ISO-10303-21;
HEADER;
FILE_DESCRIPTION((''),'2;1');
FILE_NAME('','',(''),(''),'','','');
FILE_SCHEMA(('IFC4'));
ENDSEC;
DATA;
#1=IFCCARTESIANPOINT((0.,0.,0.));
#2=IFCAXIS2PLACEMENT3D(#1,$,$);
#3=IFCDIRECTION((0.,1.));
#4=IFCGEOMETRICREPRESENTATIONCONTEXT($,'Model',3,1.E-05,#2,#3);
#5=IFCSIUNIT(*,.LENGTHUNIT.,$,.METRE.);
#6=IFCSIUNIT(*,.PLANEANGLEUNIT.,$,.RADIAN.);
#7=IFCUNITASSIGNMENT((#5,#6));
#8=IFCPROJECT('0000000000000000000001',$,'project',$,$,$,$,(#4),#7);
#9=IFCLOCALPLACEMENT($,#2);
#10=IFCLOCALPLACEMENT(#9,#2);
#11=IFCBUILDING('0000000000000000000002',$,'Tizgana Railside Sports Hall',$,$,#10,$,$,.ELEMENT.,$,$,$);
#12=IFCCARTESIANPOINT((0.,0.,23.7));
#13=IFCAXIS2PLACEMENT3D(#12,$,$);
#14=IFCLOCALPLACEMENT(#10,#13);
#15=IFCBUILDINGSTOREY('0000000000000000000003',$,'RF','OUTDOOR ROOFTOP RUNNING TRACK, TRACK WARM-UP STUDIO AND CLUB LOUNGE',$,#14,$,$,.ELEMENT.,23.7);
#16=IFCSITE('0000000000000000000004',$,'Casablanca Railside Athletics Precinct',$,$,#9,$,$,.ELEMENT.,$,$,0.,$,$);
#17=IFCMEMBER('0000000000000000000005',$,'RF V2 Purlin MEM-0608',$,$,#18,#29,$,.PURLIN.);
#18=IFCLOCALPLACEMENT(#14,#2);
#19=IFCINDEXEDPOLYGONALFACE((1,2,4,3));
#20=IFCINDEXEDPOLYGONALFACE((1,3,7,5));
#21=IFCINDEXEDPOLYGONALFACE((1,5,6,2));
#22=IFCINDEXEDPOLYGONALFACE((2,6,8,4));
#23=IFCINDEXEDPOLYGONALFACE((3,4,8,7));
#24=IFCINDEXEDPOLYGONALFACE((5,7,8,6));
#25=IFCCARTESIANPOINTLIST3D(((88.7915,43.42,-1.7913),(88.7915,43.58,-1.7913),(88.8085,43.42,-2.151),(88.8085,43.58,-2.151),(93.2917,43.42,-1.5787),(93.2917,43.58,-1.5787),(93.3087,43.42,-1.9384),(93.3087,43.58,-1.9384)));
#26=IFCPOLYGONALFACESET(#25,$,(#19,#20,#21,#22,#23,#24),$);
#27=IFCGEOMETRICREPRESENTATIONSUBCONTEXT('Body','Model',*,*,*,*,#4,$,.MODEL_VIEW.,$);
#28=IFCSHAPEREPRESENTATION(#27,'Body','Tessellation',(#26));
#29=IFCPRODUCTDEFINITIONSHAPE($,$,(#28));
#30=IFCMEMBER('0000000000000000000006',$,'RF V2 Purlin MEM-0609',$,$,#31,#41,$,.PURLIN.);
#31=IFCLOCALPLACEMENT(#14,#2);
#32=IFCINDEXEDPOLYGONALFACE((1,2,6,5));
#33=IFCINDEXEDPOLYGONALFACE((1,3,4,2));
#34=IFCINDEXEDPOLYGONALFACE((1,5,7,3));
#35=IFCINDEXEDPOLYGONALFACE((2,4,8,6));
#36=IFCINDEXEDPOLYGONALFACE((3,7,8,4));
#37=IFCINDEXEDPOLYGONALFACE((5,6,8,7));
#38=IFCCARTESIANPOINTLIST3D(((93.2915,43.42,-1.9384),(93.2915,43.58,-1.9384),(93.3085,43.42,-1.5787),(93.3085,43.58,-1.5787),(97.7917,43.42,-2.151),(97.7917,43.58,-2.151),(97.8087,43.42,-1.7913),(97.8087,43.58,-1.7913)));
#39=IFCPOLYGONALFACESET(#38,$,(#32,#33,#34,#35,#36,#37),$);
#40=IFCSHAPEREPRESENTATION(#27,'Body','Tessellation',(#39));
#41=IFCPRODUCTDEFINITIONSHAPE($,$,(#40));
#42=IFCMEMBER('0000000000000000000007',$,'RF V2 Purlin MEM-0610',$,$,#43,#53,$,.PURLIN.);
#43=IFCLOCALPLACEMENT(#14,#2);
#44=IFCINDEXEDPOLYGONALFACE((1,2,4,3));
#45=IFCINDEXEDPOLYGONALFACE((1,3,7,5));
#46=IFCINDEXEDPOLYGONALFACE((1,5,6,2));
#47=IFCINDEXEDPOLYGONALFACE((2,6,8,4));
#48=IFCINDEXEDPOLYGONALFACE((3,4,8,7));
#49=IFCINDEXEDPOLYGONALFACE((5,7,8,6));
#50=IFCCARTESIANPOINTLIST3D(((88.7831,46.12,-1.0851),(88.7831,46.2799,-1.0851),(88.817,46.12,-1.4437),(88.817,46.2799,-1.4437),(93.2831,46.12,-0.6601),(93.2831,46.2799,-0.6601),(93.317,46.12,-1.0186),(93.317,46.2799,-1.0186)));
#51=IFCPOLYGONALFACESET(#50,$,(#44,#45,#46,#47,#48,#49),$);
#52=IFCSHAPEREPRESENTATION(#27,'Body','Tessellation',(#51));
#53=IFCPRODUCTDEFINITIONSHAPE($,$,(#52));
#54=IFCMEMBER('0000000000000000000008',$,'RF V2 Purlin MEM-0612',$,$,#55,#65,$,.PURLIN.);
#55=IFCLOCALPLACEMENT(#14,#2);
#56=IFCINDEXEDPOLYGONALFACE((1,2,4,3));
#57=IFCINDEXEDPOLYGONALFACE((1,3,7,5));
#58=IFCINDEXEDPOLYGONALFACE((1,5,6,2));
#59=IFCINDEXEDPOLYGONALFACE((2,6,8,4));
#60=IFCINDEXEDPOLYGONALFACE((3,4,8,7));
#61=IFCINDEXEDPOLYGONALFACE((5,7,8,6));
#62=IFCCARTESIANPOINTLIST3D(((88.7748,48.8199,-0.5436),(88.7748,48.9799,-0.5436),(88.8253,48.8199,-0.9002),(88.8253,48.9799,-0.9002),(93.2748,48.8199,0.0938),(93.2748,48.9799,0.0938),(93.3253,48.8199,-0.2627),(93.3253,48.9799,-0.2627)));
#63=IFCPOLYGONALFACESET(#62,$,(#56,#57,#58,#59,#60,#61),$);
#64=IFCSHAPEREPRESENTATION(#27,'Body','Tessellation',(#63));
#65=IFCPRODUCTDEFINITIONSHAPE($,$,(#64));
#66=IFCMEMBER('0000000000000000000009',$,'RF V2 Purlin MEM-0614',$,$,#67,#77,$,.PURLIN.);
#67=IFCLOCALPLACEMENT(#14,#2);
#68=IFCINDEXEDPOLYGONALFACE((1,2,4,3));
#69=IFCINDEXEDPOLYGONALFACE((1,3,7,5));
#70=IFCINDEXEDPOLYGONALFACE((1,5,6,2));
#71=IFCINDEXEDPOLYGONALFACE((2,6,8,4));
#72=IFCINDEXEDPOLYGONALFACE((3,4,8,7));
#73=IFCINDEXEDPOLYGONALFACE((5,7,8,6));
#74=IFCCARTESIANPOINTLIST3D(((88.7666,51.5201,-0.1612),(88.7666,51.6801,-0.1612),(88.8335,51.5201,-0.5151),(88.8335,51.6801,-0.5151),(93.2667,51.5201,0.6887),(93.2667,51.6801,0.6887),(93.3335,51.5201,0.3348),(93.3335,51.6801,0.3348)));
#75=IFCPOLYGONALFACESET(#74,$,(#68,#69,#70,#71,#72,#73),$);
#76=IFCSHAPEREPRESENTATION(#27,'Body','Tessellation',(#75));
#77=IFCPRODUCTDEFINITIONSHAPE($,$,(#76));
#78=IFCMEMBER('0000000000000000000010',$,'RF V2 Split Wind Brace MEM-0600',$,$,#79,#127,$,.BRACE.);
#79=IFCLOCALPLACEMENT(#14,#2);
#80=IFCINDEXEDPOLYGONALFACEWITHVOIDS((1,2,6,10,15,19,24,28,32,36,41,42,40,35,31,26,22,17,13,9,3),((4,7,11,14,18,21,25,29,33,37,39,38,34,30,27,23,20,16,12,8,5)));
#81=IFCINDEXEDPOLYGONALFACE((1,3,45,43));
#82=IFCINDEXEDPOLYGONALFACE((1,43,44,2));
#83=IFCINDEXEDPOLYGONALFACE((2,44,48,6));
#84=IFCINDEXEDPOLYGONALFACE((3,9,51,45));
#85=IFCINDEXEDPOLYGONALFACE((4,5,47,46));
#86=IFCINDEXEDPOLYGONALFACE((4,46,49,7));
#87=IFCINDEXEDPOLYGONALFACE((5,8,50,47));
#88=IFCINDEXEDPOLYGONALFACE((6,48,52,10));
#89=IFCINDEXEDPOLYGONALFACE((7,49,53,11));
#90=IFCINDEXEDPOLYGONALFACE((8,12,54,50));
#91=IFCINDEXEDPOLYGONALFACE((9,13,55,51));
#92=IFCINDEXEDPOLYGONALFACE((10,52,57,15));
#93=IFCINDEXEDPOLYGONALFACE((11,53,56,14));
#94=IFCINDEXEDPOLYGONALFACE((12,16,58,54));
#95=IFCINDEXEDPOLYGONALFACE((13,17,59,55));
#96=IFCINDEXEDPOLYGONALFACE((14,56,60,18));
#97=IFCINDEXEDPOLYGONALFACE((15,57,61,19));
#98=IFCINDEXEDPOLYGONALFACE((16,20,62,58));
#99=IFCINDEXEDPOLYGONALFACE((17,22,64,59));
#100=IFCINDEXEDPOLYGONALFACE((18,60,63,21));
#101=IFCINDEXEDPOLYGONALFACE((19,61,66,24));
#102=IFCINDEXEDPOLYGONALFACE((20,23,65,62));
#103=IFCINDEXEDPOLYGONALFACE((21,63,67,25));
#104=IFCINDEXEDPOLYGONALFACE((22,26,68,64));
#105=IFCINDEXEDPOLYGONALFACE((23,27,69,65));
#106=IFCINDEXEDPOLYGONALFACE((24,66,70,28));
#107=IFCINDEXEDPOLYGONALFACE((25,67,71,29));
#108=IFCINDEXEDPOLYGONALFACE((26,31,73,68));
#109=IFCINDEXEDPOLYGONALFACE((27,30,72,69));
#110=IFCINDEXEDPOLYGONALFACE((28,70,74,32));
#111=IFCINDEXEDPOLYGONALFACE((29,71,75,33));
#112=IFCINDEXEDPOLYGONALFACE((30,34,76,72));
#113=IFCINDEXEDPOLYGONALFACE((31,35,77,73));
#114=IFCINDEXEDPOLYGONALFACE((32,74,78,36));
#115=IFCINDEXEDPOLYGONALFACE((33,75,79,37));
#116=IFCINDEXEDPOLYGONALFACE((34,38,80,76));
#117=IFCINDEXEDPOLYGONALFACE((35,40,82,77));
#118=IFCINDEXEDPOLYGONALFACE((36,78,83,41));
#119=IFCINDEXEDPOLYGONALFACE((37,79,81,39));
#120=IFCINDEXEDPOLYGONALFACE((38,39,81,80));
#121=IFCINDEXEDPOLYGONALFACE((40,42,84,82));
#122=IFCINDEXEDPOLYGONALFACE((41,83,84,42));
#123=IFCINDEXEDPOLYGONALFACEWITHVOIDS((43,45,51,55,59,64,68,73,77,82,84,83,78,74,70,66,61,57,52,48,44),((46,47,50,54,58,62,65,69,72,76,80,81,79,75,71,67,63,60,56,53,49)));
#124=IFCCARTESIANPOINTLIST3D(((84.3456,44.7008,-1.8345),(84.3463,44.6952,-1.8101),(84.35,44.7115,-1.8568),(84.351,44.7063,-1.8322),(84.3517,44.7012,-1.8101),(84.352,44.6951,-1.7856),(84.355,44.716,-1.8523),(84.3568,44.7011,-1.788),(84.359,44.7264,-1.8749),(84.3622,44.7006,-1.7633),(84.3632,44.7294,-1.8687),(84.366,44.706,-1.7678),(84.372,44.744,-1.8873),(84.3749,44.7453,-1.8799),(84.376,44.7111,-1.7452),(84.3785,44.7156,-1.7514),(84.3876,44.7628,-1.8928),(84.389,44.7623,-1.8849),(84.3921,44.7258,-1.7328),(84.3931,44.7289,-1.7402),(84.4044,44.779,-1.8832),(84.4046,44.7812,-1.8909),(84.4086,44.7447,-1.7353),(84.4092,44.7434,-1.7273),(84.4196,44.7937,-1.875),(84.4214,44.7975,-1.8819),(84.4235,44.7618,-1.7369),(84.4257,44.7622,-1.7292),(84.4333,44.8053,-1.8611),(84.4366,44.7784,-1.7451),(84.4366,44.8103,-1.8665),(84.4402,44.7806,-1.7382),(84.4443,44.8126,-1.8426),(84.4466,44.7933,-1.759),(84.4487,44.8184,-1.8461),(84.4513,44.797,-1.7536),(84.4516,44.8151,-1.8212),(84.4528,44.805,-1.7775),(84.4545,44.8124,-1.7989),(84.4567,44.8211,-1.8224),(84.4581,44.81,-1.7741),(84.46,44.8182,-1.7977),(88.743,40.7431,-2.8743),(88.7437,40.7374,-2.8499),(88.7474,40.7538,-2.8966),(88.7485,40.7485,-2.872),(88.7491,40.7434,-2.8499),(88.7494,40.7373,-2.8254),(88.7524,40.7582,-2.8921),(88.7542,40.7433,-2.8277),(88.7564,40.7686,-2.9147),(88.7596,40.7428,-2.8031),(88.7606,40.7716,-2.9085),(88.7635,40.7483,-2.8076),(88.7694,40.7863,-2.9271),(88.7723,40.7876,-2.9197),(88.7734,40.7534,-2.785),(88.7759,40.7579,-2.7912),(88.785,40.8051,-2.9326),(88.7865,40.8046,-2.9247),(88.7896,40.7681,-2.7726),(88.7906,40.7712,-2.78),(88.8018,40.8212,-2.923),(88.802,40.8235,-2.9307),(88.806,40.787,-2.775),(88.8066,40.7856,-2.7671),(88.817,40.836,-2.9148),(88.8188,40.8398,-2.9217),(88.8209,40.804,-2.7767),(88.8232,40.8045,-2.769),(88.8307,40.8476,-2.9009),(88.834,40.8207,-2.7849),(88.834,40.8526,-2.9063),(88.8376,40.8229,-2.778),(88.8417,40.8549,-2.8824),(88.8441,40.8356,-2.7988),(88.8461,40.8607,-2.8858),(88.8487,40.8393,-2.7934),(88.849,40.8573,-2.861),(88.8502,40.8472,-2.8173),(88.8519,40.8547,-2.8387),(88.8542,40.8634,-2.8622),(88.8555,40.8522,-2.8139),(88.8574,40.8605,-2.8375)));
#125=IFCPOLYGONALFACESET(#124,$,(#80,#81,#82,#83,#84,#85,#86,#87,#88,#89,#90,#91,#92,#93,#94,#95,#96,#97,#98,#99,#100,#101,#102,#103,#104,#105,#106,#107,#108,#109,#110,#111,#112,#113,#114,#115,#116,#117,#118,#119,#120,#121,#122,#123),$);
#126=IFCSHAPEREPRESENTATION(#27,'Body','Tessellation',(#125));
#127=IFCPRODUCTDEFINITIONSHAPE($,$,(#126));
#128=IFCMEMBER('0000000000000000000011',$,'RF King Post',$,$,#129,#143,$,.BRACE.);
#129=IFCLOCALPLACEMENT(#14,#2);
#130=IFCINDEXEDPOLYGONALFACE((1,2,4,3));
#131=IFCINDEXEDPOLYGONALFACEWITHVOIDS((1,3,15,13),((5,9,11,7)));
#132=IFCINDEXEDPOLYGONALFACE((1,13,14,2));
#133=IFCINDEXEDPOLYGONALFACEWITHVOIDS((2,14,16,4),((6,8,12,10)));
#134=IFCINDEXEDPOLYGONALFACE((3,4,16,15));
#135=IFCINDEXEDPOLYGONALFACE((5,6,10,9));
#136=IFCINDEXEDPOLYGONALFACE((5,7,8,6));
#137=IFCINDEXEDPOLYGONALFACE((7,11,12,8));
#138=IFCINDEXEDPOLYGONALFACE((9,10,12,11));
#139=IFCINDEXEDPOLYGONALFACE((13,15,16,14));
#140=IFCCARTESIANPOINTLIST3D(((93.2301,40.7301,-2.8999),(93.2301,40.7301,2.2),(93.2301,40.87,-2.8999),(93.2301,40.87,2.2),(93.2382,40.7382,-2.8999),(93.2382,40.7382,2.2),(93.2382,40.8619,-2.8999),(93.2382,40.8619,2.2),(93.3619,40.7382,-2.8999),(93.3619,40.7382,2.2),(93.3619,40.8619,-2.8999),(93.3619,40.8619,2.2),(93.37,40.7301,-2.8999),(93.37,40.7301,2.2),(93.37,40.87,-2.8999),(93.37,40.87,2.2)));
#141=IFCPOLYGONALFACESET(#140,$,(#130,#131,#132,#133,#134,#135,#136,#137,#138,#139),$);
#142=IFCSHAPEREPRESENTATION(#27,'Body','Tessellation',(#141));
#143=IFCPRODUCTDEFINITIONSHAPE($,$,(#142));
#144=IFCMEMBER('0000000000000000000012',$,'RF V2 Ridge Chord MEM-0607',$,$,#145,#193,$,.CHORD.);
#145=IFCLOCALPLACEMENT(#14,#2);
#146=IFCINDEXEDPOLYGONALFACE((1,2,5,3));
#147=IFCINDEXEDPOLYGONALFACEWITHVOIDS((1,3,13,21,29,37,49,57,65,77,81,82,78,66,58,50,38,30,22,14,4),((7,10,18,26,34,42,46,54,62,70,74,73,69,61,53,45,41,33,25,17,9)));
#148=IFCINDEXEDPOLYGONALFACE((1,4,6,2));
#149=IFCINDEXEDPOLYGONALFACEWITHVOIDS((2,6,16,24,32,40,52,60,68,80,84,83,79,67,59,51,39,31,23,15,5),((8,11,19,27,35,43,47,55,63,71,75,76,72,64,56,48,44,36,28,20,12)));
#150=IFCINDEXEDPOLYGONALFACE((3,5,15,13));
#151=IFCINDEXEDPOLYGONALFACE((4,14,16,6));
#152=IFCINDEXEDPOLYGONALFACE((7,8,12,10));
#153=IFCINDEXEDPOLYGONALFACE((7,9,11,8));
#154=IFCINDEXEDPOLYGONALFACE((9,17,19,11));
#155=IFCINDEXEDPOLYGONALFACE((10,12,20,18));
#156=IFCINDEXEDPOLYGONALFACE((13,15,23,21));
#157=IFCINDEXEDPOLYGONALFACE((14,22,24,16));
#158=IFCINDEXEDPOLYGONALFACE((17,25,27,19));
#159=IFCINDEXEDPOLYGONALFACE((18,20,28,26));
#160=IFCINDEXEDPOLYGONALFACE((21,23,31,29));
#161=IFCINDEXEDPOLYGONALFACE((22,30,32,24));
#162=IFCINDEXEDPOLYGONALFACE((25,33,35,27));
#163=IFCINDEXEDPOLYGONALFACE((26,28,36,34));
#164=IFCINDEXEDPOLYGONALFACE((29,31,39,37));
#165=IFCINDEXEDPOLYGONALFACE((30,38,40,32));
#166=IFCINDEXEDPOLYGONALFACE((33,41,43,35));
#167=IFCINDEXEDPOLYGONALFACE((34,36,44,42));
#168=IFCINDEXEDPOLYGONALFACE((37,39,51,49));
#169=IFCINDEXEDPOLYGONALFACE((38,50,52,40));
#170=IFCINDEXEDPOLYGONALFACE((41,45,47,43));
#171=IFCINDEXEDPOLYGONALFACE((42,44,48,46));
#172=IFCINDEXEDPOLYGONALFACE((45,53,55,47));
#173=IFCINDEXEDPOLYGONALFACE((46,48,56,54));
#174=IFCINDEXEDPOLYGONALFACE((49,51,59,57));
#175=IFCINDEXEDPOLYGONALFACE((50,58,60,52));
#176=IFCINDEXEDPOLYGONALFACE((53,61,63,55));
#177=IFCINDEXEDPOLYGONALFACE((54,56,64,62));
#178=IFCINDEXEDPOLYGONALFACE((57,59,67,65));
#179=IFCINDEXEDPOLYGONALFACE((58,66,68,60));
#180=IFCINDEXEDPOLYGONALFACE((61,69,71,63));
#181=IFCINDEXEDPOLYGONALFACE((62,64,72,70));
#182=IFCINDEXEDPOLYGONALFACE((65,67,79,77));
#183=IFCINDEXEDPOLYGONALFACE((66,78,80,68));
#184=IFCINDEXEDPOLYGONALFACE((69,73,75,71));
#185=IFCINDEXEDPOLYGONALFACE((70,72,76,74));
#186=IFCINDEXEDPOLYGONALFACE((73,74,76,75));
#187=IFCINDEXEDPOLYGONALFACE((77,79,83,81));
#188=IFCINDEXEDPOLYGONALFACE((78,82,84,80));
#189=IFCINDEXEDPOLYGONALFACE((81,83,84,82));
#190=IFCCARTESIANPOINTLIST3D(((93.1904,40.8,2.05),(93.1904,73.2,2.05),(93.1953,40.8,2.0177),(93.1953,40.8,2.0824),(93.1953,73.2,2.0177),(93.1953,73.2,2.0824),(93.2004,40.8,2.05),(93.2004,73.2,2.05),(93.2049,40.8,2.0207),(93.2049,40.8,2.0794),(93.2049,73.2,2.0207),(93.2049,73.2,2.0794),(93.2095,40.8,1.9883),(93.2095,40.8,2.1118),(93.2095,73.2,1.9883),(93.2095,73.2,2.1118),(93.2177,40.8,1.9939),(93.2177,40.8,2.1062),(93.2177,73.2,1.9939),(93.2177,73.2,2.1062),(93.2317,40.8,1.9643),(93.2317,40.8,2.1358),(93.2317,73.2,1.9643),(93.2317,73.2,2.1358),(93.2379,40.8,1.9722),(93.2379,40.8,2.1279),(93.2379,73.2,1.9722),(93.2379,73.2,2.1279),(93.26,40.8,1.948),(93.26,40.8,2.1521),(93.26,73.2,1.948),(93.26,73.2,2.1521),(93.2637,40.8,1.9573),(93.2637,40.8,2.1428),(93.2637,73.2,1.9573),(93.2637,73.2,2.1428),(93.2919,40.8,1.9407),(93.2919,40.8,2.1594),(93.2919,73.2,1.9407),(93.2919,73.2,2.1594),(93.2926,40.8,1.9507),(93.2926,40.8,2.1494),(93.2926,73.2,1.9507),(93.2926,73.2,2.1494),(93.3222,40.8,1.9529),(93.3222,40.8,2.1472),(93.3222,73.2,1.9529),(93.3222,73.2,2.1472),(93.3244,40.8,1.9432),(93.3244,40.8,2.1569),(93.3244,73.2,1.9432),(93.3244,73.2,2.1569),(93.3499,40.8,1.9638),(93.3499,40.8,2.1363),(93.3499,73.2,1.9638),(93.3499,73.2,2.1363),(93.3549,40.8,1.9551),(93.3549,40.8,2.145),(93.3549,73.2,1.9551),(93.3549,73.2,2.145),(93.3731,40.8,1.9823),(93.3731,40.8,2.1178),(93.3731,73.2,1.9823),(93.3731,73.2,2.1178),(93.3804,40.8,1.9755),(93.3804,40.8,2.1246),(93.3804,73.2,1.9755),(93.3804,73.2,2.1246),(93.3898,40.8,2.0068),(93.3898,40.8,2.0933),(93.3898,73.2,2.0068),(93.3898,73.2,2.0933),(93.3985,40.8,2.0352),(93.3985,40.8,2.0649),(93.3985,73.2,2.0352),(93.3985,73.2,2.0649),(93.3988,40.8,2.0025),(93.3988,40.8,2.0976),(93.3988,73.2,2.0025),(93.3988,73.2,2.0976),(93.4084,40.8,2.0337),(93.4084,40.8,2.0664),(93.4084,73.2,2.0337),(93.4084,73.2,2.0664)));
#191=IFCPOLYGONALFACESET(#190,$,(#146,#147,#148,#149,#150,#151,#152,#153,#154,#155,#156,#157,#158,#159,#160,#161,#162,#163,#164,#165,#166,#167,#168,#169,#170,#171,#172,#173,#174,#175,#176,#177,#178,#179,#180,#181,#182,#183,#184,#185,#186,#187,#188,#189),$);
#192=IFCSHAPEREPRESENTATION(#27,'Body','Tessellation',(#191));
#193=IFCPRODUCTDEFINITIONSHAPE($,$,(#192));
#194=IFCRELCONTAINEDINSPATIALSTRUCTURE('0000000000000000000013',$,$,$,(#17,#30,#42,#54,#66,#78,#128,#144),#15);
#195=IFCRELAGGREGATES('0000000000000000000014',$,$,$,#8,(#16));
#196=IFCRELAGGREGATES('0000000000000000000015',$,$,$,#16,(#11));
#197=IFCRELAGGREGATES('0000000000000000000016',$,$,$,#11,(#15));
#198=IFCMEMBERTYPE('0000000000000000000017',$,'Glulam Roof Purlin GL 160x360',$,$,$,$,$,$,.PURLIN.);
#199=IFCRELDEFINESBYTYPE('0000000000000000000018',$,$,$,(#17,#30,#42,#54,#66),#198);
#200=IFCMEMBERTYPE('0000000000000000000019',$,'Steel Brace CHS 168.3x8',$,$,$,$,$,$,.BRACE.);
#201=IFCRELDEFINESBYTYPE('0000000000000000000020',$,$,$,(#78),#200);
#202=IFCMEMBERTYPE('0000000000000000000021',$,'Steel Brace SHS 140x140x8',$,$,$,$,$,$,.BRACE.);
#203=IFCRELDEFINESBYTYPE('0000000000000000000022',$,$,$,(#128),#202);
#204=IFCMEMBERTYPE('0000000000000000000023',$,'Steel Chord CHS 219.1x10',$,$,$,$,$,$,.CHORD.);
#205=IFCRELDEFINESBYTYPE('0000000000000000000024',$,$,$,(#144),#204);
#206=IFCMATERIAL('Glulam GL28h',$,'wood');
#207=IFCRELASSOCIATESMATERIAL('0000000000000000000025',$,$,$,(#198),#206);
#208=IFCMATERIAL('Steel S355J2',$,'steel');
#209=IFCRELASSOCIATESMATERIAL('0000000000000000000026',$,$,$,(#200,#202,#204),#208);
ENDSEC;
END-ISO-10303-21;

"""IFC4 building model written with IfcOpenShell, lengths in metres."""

from ifc_helpers import new_model, si_unit, direction, frame, origin, origin_2d, place, context, subcontext, project, spatial, rectangle, hollow_rectangle, hollow_circle, extrude, material, material_profile, profile_set, type_object, element, save


model = new_model("IFC4")

# Units and contexts
model_context = context("Model", 3, precision=1e-05, world=origin(), true_north=direction((0.0, 1.0)))
body_context = subcontext(model_context, "Body", "Model", "MODEL_VIEW")
ifc_project = project(units=[si_unit("LENGTHUNIT", "METRE"), si_unit("PLANEANGLEUNIT", "RADIAN")], contexts=[model_context])

# Site, building, storey
site_placement = place(None, origin())
site = spatial("IfcSite", under=ifc_project, at=site_placement, Name="Casablanca Railside Athletics Precinct", CompositionType="ELEMENT", RefElevation=0.0)
building_placement = place(site_placement, origin())
building = spatial("IfcBuilding", under=site, at=building_placement, Name="Tizgana Railside Sports Hall", CompositionType="ELEMENT")
storey_placement = place(building_placement, frame((0.0, 0.0, 23.7)))
storey = spatial("IfcBuildingStorey", under=building, at=storey_placement, Name="RF", Description="OUTDOOR ROOFTOP RUNNING TRACK, TRACK WARM-UP STUDIO AND CLUB LOUNGE", CompositionType="ELEMENT", Elevation=23.7)

# Members
ifc_material_1 = material(Name="Glulam GL28h", Category="wood")
ifc_material_profile_1 = material_profile(ifc_material_1, rectangle(XDim=0.1599, YDim=0.3601, at=origin_2d()), Name="GL 160x360")
ifc_profile_set_1 = profile_set([ifc_material_profile_1], Name="Glulam GL28h")
member_type_1 = type_object("IfcMemberType", Name="Glulam Roof Purlin GL 160x360", PredefinedType="PURLIN", material=ifc_profile_set_1)
for number, where, z_axis, x_axis, name in (
    (1, (88.8, 43.5, -1.9712), (0.998885, 0.0, 0.047202), (0.0, 1.0, 0.0), "RF V2 Purlin MEM-0608"),
    (2, (93.3, 43.5, -1.7585), (0.998885, 0.0, -0.047202), (0.0, 1.0, 0.0), "RF V2 Purlin MEM-0609"),
):
    element("IfcMember", number, at=place(storey_placement, frame(where, z_axis=z_axis, x_axis=x_axis)), inside=storey, type_object=member_type_1, Name=name, PredefinedType="PURLIN", context=body_context, shape_type="SweptSolid", body=[
        extrude(rectangle(XDim=0.1599, YDim=0.3601, at=origin_2d()), origin(), (0.0, 0.0, 1.0), 4.5051),
    ])
member_1_placement = place(storey_placement, frame((88.8, 46.2, -1.2644), z_axis=(0.995569, 0.0, 0.094037), x_axis=(0.0, 1.0, 0.0)))
element("IfcMember", 3, at=member_1_placement, inside=storey, type_object=member_type_1, Name="RF V2 Purlin MEM-0610", PredefinedType="PURLIN", context=body_context, shape_type="SweptSolid", body=[
    extrude(rectangle(XDim=0.1599, YDim=0.3601, at=origin_2d()), origin(), (0.0, 0.0, 1.0), 4.52),
])
member_2_placement = place(storey_placement, frame((88.8, 48.8999, -0.7219), z_axis=(0.990115, 0.0, 0.140256), x_axis=(0.0, 1.0, 0.0)))
element("IfcMember", 4, at=member_2_placement, inside=storey, type_object=member_type_1, Name="RF V2 Purlin MEM-0612", PredefinedType="PURLIN", context=body_context, shape_type="SweptSolid", body=[
    extrude(rectangle(XDim=0.1599, YDim=0.3601, at=origin_2d()), origin(), (0.0, 0.0, 1.0), 4.5449),
])
member_3_placement = place(storey_placement, frame((88.8, 51.6001, -0.3381), z_axis=(0.98263, 0.0, 0.185576), x_axis=(0.0, 1.0, 0.0)))
element("IfcMember", 5, at=member_3_placement, inside=storey, type_object=member_type_1, Name="RF V2 Purlin MEM-0614", PredefinedType="PURLIN", context=body_context, shape_type="SweptSolid", body=[
    extrude(rectangle(XDim=0.1599, YDim=0.3601, at=origin_2d()), origin(), (0.0, 0.0, 1.0), 4.5796),
])
ifc_material_2 = material(Name="Steel S355J2", Category="steel")
ifc_material_profile_2 = material_profile(ifc_material_2, hollow_circle(Radius=0.0842, WallThickness=0.0081, at=origin_2d()), Name="CHS 168.3x8")
ifc_profile_set_2 = profile_set([ifc_material_profile_2], Name="Steel S355J2")
member_type_2 = type_object("IfcMemberType", Name="Steel Brace CHS 168.3x8", PredefinedType="BRACE", material=ifc_profile_set_2)
member_4_placement = place(storey_placement, frame((88.8, 40.8, -2.8499), z_axis=(-0.732069, 0.658871, 0.1731), x_axis=(-0.668969, -0.74329, 0.0)))
element("IfcMember", 6, at=member_4_placement, inside=storey, type_object=member_type_2, Name="RF V2 Split Wind Brace MEM-0600", PredefinedType="BRACE", context=body_context, shape_type="SweptSolid", body=[
    extrude(hollow_circle(Radius=0.0842, WallThickness=0.0081, at=origin_2d()), origin(), (0.0, 0.0, 1.0), 6.0068),
])
ifc_material_profile_3 = material_profile(ifc_material_2, hollow_rectangle(XDim=0.1399, YDim=0.1399, WallThickness=0.0081, at=origin_2d()), Name="SHS 140x140x8")
ifc_profile_set_3 = profile_set([ifc_material_profile_3], Name="Steel S355J2")
member_type_3 = type_object("IfcMemberType", Name="Steel Brace SHS 140x140x8", PredefinedType="BRACE", material=ifc_profile_set_3)
member_5_placement = place(storey_placement, frame((93.3, 40.8, -2.8999), z_axis=(0.0, 0.0, 1.0), x_axis=(1.0, 0.0, 0.0)))
element("IfcMember", 7, at=member_5_placement, inside=storey, type_object=member_type_3, Name="RF King Post", PredefinedType="BRACE", context=body_context, shape_type="SweptSolid", body=[
    extrude(hollow_rectangle(XDim=0.1399, YDim=0.1399, WallThickness=0.0081, at=origin_2d()), origin(), (0.0, 0.0, 1.0), 5.0999),
])
ifc_material_profile_4 = material_profile(ifc_material_2, hollow_circle(Radius=0.1096, WallThickness=0.01, at=origin_2d()), Name="CHS 219.1x10")
ifc_profile_set_4 = profile_set([ifc_material_profile_4], Name="Steel S355J2")
member_type_4 = type_object("IfcMemberType", Name="Steel Chord CHS 219.1x10", PredefinedType="CHORD", material=ifc_profile_set_4)
member_6_placement = place(storey_placement, frame((93.3, 40.8, 2.05), z_axis=(0.0, 1.0, 0.0), x_axis=(-1.0, 0.0, 0.0)))
element("IfcMember", 8, at=member_6_placement, inside=storey, type_object=member_type_4, Name="RF V2 Ridge Chord MEM-0607", PredefinedType="CHORD", context=body_context, shape_type="SweptSolid", body=[
    extrude(hollow_circle(Radius=0.1096, WallThickness=0.01, at=origin_2d()), origin(), (0.0, 0.0, 1.0), 32.3999),
])

save(model, "model.ifc")
